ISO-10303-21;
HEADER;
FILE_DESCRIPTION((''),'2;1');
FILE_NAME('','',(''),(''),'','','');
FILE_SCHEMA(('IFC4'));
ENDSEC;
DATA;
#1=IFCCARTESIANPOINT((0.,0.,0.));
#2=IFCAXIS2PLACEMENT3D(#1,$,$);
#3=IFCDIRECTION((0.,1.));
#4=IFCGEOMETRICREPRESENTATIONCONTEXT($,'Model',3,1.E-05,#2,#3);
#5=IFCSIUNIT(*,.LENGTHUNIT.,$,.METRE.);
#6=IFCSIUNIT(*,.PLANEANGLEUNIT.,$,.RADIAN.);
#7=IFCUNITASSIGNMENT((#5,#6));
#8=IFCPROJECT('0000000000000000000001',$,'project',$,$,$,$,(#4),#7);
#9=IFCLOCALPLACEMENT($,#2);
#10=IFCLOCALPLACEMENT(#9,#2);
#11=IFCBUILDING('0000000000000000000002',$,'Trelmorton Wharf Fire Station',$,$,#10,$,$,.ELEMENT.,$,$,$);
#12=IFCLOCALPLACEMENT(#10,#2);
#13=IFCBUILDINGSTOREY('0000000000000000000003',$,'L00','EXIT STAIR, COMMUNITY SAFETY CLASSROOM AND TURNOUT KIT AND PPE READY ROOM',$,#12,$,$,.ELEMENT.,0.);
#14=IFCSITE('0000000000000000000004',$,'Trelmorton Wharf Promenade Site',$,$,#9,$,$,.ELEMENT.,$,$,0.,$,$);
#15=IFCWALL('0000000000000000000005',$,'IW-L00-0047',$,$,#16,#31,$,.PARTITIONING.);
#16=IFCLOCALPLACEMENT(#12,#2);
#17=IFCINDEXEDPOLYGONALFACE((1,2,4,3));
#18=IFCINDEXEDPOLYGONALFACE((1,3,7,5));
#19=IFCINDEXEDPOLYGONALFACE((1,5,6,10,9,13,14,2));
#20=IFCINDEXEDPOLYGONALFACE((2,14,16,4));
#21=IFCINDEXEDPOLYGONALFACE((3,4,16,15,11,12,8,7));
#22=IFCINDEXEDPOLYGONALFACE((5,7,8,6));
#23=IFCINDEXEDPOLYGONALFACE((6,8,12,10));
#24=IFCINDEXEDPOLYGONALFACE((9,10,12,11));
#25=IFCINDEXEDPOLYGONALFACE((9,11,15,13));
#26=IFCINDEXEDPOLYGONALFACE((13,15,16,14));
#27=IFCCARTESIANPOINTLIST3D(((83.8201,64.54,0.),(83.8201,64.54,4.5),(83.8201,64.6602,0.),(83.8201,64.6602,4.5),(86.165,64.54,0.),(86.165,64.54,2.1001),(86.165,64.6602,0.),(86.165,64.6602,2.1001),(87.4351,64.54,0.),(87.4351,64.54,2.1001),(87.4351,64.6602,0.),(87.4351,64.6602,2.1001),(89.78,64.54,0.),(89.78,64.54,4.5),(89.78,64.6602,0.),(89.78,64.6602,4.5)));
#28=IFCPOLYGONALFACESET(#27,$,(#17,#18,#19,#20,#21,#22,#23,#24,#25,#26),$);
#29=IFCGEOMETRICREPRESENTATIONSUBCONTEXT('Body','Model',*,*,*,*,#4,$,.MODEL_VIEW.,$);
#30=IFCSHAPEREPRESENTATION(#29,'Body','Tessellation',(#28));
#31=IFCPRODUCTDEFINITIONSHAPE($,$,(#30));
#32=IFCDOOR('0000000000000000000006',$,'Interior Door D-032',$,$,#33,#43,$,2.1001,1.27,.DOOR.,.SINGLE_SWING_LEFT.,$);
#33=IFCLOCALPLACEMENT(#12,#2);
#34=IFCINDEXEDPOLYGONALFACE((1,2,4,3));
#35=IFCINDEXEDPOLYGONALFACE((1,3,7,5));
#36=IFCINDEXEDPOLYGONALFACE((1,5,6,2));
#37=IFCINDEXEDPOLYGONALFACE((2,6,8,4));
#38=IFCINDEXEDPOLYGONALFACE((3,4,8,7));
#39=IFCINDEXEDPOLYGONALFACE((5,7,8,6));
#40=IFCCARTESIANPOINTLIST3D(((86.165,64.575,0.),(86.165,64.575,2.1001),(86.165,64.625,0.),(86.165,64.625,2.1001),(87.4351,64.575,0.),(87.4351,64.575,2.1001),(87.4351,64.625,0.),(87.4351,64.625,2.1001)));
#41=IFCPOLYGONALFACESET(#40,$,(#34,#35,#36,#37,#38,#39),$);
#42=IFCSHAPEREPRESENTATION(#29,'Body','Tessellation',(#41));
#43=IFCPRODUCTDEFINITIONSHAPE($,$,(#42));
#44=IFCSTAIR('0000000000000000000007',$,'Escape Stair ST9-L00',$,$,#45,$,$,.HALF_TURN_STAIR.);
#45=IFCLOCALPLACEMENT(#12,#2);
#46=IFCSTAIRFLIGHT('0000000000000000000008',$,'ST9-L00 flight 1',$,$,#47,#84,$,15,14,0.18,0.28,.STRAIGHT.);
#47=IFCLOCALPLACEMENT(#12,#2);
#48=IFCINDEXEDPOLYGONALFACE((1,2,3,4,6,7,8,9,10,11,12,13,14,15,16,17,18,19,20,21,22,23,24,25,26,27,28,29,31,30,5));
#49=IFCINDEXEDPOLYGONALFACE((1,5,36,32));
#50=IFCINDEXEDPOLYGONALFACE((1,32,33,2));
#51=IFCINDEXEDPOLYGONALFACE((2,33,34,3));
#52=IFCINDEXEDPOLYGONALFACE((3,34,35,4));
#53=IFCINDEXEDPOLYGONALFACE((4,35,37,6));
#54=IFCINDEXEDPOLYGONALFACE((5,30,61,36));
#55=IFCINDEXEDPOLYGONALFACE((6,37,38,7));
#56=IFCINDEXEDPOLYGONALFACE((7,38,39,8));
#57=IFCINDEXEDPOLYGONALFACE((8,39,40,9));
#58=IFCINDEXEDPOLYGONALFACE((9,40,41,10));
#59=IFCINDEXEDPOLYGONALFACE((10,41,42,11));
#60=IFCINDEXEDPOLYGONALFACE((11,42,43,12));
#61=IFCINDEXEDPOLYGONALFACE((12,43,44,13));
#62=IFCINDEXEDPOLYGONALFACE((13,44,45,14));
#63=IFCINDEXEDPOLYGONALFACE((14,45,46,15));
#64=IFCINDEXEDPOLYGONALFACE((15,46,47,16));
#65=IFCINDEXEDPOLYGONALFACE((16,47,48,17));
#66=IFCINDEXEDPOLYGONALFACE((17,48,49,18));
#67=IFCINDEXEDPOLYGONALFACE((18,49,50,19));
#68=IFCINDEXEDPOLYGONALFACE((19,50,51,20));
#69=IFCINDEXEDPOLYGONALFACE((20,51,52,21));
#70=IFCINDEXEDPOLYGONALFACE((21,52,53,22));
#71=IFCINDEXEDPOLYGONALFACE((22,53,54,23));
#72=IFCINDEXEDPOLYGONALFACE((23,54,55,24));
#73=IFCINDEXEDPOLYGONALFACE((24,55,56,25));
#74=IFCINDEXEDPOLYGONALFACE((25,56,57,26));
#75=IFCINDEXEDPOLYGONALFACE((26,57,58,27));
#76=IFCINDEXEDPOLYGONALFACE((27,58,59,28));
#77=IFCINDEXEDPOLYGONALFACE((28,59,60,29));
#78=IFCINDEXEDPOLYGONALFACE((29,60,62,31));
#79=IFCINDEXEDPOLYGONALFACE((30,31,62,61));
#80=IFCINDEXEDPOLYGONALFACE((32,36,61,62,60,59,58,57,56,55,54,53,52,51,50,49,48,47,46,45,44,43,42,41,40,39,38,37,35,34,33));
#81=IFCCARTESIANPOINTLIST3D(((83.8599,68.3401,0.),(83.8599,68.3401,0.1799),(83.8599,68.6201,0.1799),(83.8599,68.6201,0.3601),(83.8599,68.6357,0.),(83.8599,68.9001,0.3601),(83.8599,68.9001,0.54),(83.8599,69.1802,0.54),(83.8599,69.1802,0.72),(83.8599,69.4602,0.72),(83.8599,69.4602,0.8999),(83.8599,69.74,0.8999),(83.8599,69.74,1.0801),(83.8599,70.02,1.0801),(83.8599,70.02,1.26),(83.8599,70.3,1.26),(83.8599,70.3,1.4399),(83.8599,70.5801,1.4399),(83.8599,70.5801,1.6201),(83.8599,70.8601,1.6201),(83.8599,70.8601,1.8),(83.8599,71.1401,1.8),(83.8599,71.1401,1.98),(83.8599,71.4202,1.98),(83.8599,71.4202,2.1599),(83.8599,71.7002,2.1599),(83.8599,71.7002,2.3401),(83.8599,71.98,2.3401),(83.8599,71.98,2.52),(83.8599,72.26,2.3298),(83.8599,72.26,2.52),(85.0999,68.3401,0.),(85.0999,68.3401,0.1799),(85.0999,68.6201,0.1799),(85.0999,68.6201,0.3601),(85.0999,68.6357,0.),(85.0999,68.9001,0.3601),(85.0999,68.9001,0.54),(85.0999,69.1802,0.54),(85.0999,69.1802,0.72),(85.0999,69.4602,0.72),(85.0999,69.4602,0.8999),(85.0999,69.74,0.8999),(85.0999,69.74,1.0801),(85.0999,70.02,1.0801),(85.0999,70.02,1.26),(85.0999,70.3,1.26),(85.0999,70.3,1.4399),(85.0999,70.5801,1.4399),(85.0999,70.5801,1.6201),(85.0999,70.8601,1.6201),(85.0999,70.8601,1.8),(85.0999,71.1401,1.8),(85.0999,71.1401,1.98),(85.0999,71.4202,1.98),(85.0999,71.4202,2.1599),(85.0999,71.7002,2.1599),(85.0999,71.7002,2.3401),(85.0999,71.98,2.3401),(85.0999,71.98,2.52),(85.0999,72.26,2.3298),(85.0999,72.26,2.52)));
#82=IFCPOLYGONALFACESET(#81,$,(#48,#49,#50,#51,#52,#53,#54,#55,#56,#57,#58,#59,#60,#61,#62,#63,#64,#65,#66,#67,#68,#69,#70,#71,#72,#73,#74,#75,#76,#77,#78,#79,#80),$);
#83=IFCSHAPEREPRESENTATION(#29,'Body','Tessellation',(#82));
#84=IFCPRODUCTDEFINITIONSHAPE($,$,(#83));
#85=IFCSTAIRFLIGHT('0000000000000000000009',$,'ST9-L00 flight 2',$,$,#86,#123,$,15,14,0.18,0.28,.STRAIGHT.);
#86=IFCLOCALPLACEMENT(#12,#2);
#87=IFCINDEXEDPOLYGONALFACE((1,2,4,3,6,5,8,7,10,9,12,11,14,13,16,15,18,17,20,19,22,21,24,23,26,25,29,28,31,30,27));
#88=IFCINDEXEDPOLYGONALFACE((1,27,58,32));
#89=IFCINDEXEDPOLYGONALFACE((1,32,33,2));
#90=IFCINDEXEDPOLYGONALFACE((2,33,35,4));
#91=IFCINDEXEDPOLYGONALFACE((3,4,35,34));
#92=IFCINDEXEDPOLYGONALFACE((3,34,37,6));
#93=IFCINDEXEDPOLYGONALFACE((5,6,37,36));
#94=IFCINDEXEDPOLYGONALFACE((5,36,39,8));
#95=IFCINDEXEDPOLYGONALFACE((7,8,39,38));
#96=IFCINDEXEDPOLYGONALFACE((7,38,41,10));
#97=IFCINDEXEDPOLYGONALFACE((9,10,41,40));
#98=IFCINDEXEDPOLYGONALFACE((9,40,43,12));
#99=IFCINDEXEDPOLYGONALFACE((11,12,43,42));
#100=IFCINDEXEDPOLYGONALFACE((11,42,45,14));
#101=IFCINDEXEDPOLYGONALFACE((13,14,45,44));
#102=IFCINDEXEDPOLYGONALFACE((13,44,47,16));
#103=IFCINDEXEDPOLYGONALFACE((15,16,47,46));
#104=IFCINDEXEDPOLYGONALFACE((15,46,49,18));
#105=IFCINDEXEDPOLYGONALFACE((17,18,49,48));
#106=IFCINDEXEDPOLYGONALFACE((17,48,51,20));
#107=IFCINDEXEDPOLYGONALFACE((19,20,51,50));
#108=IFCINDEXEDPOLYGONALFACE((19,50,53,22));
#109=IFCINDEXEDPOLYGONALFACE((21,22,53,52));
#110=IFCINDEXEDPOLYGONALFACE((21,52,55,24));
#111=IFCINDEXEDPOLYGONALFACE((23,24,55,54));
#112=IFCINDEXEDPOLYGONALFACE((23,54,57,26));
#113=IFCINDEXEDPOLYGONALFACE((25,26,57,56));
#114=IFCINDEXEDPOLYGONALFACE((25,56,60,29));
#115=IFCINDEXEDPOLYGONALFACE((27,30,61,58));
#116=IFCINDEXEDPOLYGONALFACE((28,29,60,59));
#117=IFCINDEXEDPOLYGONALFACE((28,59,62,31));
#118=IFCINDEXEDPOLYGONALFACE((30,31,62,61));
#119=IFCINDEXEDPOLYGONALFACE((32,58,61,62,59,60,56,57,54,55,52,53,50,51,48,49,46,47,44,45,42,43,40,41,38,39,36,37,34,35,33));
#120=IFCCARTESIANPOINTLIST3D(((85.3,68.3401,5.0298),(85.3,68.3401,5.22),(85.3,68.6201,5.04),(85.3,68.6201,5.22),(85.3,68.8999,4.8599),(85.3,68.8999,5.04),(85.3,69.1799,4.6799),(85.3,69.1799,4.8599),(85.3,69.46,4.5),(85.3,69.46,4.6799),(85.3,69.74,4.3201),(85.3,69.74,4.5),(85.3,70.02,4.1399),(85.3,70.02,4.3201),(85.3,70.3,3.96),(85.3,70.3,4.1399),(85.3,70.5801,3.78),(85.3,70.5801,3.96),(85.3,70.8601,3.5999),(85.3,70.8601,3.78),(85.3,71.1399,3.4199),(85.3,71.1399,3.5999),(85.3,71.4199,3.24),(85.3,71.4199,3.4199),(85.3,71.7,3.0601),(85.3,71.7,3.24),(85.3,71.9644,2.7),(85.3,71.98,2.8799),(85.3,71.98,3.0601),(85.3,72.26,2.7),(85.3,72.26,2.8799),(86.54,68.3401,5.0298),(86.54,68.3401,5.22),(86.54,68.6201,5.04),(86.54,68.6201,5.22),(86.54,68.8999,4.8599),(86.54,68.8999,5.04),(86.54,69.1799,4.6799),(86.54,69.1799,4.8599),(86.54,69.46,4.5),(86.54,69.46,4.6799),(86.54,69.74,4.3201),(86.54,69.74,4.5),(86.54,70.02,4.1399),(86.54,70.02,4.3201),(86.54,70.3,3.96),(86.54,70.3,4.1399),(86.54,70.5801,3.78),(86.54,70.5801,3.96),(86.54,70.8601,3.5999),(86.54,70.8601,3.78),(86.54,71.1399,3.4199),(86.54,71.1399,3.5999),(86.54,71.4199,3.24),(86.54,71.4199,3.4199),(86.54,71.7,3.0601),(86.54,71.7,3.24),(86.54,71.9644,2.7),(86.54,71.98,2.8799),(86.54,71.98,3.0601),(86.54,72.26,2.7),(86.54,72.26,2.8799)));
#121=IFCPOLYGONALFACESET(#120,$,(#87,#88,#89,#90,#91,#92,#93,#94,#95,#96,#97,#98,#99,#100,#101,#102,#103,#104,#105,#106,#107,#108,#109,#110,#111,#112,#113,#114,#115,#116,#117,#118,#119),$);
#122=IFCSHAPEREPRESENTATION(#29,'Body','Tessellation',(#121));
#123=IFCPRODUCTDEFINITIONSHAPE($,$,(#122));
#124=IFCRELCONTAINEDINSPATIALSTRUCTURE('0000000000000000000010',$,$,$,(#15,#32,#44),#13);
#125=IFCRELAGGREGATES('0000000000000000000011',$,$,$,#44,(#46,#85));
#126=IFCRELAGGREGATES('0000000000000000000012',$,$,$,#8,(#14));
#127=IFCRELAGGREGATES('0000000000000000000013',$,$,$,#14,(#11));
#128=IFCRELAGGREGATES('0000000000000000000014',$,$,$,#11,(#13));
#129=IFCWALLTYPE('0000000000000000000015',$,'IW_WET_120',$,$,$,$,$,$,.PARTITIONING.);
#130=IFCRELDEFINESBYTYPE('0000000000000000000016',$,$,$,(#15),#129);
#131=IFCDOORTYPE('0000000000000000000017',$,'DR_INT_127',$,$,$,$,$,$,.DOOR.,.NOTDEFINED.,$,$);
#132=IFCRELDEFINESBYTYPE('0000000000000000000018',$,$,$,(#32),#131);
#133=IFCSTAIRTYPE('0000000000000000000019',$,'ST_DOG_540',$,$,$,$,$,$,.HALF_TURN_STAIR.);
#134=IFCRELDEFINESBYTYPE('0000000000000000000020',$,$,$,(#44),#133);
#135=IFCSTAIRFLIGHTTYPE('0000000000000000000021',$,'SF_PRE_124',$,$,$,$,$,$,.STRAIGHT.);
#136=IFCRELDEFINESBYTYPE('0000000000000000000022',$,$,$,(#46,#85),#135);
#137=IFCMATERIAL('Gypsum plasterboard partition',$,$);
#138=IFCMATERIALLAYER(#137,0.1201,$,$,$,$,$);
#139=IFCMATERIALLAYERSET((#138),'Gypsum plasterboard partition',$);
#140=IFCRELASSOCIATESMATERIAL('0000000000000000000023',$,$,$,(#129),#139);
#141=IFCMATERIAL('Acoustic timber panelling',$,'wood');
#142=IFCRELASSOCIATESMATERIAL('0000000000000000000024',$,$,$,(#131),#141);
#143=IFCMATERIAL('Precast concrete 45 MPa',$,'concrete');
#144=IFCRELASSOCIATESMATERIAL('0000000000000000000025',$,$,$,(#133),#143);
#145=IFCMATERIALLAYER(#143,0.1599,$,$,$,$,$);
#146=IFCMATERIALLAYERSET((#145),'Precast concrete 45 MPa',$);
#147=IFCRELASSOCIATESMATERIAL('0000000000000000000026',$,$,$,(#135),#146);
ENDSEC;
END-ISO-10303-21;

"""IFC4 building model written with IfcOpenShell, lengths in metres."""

from ifc_helpers import new_model, si_unit, direction, frame, frame_2d, origin, place, context, subcontext, project, spatial, polyline, rectangle, outline, extrude, material, layer, layer_set, type_object, element, fill, aggregate, save


model = new_model("IFC4")

# Units and contexts
model_context = context("Model", 3, precision=1e-05, world=origin(), true_north=direction((0.0, 1.0)))
body_context = subcontext(model_context, "Body", "Model", "MODEL_VIEW")
ifc_project = project(units=[si_unit("LENGTHUNIT", "METRE"), si_unit("PLANEANGLEUNIT", "RADIAN")], contexts=[model_context])

# Site, building, storey
site_placement = place(None, origin())
site = spatial("IfcSite", under=ifc_project, at=site_placement, Name="Trelmorton Wharf Promenade Site", CompositionType="ELEMENT", RefElevation=0.0)
building_placement = place(site_placement, origin())
building = spatial("IfcBuilding", under=site, at=building_placement, Name="Trelmorton Wharf Fire Station", CompositionType="ELEMENT")
storey_placement = place(building_placement, origin())
storey = spatial("IfcBuildingStorey", under=building, at=storey_placement, Name="L00", Description="EXIT STAIR, COMMUNITY SAFETY CLASSROOM AND TURNOUT KIT AND PPE READY ROOM", CompositionType="ELEMENT", Elevation=0.0)

# Shared definitions
ifc_material_1 = material(Name="Gypsum plasterboard partition")
ifc_material_2 = material(Name="Acoustic timber panelling", Category="wood")

# Wall, opening, door
ifc_layer_1 = layer(ifc_material_1, 0.1201)
ifc_layer_set_1 = layer_set([ifc_layer_1], Name="Gypsum plasterboard partition")
wall_type_1 = type_object("IfcWallType", Name="IW_WET_120", PredefinedType="PARTITIONING", material=ifc_layer_set_1)
wall_1_placement = place(storey_placement, frame((83.8201, 64.6001, 0.0), z_axis=(0.0, 0.0, 1.0), x_axis=(1.0, 0.0, 0.0)))
wall_1 = element("IfcWall", 1, at=wall_1_placement, inside=storey, type_object=wall_type_1, Name="IW-L00-0047", PredefinedType="PARTITIONING", context=body_context, shape_type="SweptSolid", body=[
    extrude(rectangle(XDim=5.96, YDim=0.1201, at=frame_2d((2.98, 0.0))), origin(), (0.0, 0.0, 1.0), 4.5),
])
opening_1_placement = place(wall_1_placement, frame((2.345, 0.0, 0.0)))
opening_1 = element("IfcOpeningElement", 2, at=opening_1_placement, cuts=wall_1, PredefinedType="OPENING", context=body_context, shape_type="SweptSolid", body=[
    extrude(rectangle(XDim=1.27, YDim=2.1001, at=frame_2d((0.635, 1.05))), frame((0.0, 0.0701, 0.0), z_axis=(0.0, -1.0, 0.0), x_axis=(1.0, 0.0, 0.0)), (0.0, 0.0, 1.0), 0.1401),
])
door_type_1 = type_object("IfcDoorType", Name="DR_INT_127", OperationType="NOTDEFINED", PredefinedType="DOOR", material=ifc_material_2)
door_1_placement = place(opening_1_placement, origin())
door_1 = element("IfcDoor", 3, at=door_1_placement, inside=storey, type_object=door_type_1, Name="Interior Door D-032", OperationType="SINGLE_SWING_LEFT", OverallHeight=2.1001, OverallWidth=1.27, PredefinedType="DOOR", context=body_context, shape_type="SweptSolid", body=[
    extrude(rectangle(XDim=1.27, YDim=2.1001, at=frame_2d((0.635, 1.05))), frame((0.0, 0.0249, 0.0), z_axis=(0.0, -1.0, 0.0), x_axis=(1.0, 0.0, 0.0)), (0.0, 0.0, 1.0), 0.05),
])
fill(opening_1, door_1)

# Stair, stair flights
ifc_material_3 = material(Name="Precast concrete 45 MPa", Category="concrete")
stair_type = type_object("IfcStairType", Name="ST_DOG_540", PredefinedType="HALF_TURN_STAIR", material=ifc_material_3)
stair_placement = place(storey_placement, origin())
stair = element("IfcStair", 4, at=stair_placement, inside=storey, type_object=stair_type, Name="Escape Stair ST9-L00", PredefinedType="HALF_TURN_STAIR")
ifc_layer_2 = layer(ifc_material_3, 0.1599)
ifc_layer_set_2 = layer_set([ifc_layer_2], Name="Precast concrete 45 MPa")
stair_flight_type = type_object("IfcStairFlightType", Name="SF_PRE_124", PredefinedType="STRAIGHT", material=ifc_layer_set_2)
stair_flight_1_placement = place(storey_placement, frame((84.48, 68.3401, 0.0), z_axis=(0.0, 0.0, 1.0), x_axis=(0.0, 1.0, 0.0)))
stair_flight_1 = element("IfcStairFlight", 5, at=stair_flight_1_placement, type_object=stair_flight_type, Name="ST9-L00 flight 1", NumberOfRisers=15, NumberOfTreads=14, PredefinedType="STRAIGHT", RiserHeight=0.18, TreadLength=0.28, context=body_context, shape_type="SweptSolid", body=[
    extrude(outline(polyline([(0.0, 0.0), (0.0, 0.1799), (0.28, 0.1799), (0.28, 0.3601), (0.5601, 0.3601), (0.5601, 0.54), (0.8401, 0.54), (0.8401, 0.72), (1.1201, 0.72), (1.1201, 0.8999), (1.3999, 0.8999), (1.3999, 1.0801), (1.6799, 1.0801), (1.6799, 1.26), (1.96, 1.26), (1.96, 1.4399), (2.24, 1.4399), (2.24, 1.6201), (2.52, 1.6201), (2.52, 1.8), (2.8, 1.8), (2.8, 1.98), (3.0801, 1.98), (3.0801, 2.1599), (3.3601, 2.1599), (3.3601, 2.3401), (3.6399, 2.3401), (3.6399, 2.52), (3.9199, 2.52), (3.9199, 2.7), (3.9199, 2.3298), (0.2957, 0.0), (0.0, 0.0)])), frame((0.0, 0.6201, 0.0), z_axis=(0.0, -1.0, 0.0), x_axis=(1.0, 0.0, 0.0)), (0.0, 0.0, 1.0), 1.24),
])
stair_flight_2_placement = place(storey_placement, frame((85.9199, 72.26, 2.7), z_axis=(0.0, 0.0, 1.0), x_axis=(0.0, -1.0, 0.0)))
stair_flight_2 = element("IfcStairFlight", 6, at=stair_flight_2_placement, type_object=stair_flight_type, Name="ST9-L00 flight 2", NumberOfRisers=15, NumberOfTreads=14, PredefinedType="STRAIGHT", RiserHeight=0.18, TreadLength=0.28, context=body_context, shape_type="SweptSolid", body=[
    extrude(outline(polyline([(0.0, 0.0), (0.0, 0.1799), (0.28, 0.1799), (0.28, 0.3601), (0.5601, 0.3601), (0.5601, 0.54), (0.8401, 0.54), (0.8401, 0.72), (1.1201, 0.72), (1.1201, 0.8999), (1.3999, 0.8999), (1.3999, 1.0801), (1.6799, 1.0801), (1.6799, 1.26), (1.96, 1.26), (1.96, 1.4399), (2.24, 1.4399), (2.24, 1.6201), (2.52, 1.6201), (2.52, 1.8), (2.8, 1.8), (2.8, 1.98), (3.0801, 1.98), (3.0801, 2.1599), (3.3601, 2.1599), (3.3601, 2.3401), (3.6399, 2.3401), (3.6399, 2.52), (3.9199, 2.52), (3.9199, 2.7), (3.9199, 2.3298), (0.2957, 0.0), (0.0, 0.0)])), frame((0.0, 0.6201, 0.0), z_axis=(0.0, -1.0, 0.0), x_axis=(1.0, 0.0, 0.0)), (0.0, 0.0, 1.0), 1.24),
])
aggregate(stair, [stair_flight_1, stair_flight_2])

save(model, "model.ifc")
